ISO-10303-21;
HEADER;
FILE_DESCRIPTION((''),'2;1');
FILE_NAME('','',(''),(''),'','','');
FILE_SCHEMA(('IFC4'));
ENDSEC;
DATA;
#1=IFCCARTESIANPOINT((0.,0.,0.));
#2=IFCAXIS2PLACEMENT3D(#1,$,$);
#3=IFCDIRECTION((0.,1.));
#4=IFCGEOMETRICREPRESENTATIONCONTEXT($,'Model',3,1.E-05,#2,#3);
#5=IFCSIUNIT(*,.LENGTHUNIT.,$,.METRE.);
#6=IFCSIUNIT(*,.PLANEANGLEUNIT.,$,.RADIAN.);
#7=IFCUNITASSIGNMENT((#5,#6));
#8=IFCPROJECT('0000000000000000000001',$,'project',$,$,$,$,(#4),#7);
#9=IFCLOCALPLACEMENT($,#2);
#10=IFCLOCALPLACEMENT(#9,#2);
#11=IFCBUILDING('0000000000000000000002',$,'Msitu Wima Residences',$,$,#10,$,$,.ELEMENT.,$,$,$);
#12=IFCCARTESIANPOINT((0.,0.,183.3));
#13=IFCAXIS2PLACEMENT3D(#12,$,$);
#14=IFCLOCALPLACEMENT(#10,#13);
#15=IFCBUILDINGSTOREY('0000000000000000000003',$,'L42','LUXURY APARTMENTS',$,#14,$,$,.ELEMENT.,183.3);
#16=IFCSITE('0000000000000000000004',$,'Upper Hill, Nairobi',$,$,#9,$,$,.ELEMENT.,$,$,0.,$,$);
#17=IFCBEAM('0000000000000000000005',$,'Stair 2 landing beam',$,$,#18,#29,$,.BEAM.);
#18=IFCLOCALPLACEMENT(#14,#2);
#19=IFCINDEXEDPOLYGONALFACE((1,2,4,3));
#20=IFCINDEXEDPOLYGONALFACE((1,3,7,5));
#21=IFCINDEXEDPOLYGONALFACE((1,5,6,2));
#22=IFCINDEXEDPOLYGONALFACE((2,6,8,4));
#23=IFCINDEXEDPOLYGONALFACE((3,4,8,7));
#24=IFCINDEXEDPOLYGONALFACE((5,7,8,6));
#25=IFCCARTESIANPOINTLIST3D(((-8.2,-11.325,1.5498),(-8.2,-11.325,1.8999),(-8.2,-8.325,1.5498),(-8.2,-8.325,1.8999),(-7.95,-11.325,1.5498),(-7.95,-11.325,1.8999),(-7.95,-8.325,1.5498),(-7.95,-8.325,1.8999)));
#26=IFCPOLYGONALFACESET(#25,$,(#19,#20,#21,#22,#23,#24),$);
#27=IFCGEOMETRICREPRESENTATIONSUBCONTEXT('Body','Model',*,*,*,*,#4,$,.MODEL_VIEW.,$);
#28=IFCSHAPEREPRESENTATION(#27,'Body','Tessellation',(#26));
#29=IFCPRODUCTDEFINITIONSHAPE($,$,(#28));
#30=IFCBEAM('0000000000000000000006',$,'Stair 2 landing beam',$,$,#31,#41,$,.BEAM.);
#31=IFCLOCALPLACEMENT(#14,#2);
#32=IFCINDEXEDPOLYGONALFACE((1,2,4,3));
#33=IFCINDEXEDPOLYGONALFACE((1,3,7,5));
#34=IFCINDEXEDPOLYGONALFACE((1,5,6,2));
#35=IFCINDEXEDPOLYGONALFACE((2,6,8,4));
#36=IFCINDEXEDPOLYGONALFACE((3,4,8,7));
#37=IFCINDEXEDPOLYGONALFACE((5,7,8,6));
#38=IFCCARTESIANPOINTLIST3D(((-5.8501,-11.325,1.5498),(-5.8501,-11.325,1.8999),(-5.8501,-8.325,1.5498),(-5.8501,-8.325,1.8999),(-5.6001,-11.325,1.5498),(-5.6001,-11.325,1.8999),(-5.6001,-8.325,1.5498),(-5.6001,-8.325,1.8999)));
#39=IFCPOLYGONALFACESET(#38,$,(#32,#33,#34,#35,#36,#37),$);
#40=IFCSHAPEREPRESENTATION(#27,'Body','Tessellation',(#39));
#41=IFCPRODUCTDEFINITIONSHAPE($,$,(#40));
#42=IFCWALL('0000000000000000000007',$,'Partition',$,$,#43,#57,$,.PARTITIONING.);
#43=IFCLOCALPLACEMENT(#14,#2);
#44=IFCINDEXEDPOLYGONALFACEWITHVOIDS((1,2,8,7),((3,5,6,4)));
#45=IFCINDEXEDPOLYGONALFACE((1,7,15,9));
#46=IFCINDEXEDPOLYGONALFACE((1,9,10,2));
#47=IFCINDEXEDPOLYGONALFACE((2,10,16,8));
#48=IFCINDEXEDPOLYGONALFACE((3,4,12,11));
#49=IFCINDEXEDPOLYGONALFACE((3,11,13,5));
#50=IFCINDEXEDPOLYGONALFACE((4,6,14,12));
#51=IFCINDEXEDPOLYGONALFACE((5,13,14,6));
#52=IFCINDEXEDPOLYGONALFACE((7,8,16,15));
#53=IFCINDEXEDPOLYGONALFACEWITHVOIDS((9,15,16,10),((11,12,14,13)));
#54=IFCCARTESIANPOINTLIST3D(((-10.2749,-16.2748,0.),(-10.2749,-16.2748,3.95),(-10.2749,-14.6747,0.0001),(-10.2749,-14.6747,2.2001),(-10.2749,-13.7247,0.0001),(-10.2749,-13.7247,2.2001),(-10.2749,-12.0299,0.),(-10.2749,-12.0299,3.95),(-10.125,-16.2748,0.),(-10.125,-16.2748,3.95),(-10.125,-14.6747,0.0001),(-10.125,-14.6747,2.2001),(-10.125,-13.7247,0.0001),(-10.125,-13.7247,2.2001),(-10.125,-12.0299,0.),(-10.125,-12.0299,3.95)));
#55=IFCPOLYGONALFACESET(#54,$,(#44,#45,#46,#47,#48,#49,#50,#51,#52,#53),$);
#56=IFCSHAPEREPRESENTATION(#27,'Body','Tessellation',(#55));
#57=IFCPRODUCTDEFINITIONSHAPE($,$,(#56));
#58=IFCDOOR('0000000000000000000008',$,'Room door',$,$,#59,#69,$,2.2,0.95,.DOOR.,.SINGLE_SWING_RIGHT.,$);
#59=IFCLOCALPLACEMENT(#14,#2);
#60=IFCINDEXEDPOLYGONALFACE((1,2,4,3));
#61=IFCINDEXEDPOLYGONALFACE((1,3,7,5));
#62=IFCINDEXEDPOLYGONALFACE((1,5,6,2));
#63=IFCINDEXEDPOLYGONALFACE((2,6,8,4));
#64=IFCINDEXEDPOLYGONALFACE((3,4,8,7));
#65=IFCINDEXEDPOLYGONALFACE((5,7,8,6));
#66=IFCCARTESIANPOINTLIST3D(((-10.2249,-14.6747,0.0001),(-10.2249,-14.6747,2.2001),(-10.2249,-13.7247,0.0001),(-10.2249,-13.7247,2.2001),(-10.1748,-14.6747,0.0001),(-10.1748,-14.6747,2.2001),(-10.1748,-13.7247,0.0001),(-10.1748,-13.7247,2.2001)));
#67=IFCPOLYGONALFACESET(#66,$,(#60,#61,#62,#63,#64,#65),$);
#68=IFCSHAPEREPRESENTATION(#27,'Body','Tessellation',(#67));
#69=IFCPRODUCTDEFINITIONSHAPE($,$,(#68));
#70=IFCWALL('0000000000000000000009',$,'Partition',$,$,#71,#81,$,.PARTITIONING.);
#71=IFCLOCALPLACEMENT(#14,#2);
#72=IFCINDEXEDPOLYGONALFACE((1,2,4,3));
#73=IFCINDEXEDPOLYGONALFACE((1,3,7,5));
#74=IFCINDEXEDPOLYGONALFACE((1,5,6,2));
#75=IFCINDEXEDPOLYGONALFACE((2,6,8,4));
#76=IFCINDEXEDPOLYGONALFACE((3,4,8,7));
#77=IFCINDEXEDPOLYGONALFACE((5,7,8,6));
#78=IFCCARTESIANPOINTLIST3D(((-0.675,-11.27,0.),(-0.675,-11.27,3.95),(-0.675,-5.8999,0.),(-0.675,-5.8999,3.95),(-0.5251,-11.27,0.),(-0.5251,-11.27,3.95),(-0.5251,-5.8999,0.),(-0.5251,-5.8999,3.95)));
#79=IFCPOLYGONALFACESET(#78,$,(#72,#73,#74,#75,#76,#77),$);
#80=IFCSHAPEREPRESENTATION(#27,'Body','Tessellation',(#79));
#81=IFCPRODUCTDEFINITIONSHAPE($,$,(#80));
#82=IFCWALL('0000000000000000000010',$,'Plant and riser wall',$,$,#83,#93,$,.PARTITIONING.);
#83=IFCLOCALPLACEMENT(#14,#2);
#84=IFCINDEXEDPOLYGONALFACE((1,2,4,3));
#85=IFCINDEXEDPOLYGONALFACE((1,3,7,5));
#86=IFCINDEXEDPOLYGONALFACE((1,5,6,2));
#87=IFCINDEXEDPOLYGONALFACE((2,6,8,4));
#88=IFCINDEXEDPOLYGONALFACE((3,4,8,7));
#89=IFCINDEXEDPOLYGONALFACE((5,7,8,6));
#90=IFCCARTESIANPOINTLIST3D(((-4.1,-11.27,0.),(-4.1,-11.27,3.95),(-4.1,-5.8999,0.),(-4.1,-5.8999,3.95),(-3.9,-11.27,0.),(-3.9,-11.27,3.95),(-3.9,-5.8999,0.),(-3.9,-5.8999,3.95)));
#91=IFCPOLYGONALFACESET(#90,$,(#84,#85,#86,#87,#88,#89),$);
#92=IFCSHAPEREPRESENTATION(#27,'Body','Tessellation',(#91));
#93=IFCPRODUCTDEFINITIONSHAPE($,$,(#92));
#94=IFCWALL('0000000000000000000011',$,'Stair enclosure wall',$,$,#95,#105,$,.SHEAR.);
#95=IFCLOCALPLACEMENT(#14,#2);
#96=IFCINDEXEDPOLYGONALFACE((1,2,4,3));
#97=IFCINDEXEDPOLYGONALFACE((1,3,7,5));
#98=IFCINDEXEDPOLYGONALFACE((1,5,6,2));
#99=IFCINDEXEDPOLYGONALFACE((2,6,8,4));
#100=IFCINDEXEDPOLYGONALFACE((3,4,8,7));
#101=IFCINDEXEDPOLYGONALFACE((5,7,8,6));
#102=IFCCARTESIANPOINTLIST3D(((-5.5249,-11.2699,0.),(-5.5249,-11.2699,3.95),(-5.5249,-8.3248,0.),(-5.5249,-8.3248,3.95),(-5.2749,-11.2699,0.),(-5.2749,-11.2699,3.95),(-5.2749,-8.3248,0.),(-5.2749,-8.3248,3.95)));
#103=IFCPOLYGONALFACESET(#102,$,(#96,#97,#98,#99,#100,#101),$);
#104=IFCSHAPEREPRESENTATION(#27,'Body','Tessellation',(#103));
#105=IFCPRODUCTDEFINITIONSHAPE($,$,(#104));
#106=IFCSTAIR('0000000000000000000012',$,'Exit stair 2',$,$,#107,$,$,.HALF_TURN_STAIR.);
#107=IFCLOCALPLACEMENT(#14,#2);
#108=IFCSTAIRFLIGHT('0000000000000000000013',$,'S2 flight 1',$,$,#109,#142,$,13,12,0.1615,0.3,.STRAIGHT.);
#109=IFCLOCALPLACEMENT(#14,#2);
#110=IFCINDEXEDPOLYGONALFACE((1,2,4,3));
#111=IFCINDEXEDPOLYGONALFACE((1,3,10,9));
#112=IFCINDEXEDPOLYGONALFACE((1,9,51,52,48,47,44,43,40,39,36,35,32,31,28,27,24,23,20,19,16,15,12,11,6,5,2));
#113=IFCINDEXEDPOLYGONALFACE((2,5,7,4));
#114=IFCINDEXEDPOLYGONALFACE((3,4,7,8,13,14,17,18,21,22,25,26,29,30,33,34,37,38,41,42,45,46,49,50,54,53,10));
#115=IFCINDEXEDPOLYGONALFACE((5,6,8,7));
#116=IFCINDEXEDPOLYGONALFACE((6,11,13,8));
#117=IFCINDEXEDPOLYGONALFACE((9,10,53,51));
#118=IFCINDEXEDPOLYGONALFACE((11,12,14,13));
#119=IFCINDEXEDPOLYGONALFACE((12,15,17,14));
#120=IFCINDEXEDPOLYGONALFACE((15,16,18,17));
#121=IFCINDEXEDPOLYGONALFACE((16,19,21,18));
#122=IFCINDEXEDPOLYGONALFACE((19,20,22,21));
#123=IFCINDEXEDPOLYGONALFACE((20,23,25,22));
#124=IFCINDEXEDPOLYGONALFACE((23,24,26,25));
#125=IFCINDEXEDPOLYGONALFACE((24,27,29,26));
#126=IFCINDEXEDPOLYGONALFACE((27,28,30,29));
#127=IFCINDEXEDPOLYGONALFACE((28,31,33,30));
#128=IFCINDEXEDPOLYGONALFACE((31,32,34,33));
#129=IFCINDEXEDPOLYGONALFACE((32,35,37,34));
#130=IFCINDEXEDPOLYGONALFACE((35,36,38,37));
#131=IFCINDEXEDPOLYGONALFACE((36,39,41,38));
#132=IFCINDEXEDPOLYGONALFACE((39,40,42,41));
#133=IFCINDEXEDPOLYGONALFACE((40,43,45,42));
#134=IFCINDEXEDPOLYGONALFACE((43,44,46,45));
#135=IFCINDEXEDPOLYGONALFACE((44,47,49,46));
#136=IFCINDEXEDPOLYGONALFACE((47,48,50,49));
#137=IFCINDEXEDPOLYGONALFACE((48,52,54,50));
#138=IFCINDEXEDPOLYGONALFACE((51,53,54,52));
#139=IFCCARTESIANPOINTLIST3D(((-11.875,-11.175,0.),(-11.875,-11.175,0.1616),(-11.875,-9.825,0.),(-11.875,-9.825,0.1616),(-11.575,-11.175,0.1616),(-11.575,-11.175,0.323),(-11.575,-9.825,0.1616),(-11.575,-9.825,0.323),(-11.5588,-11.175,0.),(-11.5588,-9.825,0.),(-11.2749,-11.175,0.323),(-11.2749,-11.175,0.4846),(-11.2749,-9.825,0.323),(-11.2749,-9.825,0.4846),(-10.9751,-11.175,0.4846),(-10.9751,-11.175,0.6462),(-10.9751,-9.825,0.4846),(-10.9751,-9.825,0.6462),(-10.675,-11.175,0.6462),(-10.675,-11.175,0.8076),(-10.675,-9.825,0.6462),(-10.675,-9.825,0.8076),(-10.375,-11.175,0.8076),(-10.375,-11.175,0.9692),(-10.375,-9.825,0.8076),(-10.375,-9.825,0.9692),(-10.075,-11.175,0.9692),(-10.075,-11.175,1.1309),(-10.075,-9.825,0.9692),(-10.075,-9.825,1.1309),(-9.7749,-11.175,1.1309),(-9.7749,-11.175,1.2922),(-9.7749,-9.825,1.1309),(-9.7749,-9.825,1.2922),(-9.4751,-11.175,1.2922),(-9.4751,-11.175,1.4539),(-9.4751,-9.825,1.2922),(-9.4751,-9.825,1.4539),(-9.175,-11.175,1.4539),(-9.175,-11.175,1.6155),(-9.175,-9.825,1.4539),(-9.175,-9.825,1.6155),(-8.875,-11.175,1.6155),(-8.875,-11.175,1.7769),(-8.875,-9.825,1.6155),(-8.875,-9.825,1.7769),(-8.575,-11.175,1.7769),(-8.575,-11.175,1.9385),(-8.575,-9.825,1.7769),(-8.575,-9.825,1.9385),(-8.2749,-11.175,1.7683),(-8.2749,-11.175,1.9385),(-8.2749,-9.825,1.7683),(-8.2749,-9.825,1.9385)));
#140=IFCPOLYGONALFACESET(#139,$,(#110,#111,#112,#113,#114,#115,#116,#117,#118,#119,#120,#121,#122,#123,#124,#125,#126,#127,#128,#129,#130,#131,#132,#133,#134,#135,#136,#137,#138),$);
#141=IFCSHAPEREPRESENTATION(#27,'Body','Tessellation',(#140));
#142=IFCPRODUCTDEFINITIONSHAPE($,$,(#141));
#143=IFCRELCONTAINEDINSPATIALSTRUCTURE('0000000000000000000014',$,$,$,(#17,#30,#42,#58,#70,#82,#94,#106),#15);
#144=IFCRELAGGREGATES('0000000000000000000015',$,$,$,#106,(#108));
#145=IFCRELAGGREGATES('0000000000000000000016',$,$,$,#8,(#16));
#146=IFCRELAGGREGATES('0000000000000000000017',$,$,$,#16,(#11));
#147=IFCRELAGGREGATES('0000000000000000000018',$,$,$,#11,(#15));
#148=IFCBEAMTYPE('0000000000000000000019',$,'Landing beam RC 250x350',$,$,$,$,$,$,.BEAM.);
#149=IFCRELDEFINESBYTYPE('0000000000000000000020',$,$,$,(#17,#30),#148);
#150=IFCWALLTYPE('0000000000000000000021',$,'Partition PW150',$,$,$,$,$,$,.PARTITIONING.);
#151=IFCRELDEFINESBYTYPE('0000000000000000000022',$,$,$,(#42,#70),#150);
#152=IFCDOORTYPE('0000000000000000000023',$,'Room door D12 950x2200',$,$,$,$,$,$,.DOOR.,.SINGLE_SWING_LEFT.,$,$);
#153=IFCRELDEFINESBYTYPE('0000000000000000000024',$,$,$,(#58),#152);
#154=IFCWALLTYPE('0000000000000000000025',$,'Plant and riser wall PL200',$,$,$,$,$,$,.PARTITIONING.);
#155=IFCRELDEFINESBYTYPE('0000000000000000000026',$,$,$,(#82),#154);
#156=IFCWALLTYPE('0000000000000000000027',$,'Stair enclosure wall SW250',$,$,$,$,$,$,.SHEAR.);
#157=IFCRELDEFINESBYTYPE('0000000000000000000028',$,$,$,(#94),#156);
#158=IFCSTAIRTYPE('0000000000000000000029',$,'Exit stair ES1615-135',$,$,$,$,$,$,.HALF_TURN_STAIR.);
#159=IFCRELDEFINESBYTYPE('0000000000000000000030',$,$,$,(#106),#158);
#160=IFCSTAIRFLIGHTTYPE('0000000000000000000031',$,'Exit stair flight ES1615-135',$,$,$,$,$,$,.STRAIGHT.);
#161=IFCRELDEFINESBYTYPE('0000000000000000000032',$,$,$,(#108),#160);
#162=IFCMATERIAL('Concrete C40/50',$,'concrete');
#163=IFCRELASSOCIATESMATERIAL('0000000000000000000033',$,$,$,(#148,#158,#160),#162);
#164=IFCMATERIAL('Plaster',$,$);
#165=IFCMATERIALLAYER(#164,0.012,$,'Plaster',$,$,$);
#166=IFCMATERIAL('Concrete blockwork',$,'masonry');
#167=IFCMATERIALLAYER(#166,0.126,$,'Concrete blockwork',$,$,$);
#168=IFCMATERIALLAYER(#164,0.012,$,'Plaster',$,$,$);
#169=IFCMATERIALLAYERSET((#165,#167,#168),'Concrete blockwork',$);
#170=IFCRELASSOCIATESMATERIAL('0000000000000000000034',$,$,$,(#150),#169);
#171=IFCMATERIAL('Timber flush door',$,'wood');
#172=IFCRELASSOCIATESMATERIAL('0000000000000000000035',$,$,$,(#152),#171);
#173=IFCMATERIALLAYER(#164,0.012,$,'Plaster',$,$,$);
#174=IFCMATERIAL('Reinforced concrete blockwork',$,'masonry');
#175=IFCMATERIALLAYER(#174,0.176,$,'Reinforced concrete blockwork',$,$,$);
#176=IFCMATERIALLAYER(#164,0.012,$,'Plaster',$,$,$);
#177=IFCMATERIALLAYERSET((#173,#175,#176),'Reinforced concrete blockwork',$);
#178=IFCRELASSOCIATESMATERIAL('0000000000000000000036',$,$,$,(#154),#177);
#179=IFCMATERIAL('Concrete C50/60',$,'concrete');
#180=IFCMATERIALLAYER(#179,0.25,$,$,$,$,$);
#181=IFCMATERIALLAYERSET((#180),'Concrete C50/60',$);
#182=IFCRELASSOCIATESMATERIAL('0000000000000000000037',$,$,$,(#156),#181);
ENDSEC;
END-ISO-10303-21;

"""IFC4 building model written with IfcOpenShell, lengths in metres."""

from ifc_helpers import new_model, si_unit, direction, frame, frame_2d, origin, origin_2d, place, context, subcontext, project, spatial, polyline, rectangle, outline, extrude, material, layer, layer_set, material_profile, profile_set, type_object, element, fill, aggregate, save


model = new_model("IFC4")

# Units and contexts
model_context = context("Model", 3, precision=1e-05, world=origin(), true_north=direction((0.0, 1.0)))
body_context = subcontext(model_context, "Body", "Model", "MODEL_VIEW")
ifc_project = project(units=[si_unit("LENGTHUNIT", "METRE"), si_unit("PLANEANGLEUNIT", "RADIAN")], contexts=[model_context])

# Site, building, storey
site_placement = place(None, origin())
site = spatial("IfcSite", under=ifc_project, at=site_placement, Name="Upper Hill, Nairobi", CompositionType="ELEMENT", RefElevation=0.0)
building_placement = place(site_placement, origin())
building = spatial("IfcBuilding", under=site, at=building_placement, Name="Msitu Wima Residences", CompositionType="ELEMENT")
storey_placement = place(building_placement, frame((0.0, 0.0, 183.3)))
storey = spatial("IfcBuildingStorey", under=building, at=storey_placement, Name="L42", Description="LUXURY APARTMENTS", CompositionType="ELEMENT", Elevation=183.3)

# Beams
ifc_material_1 = material(Name="Concrete C40/50", Category="concrete")
ifc_material_profile = material_profile(ifc_material_1, rectangle(XDim=0.25, YDim=0.3501, at=origin_2d()), Name="RC 250x350")
ifc_profile_set = profile_set([ifc_material_profile], Name="Concrete C40/50")
beam_type = type_object("IfcBeamType", Name="Landing beam RC 250x350", PredefinedType="BEAM", material=ifc_profile_set)
for number, where, z_axis, x_axis, name in (
    (1, (-8.075, -11.325, 1.7249), (0.0, 1.0, 0.0), (-1.0, 0.0, 0.0), "Stair 2 landing beam"),
    (2, (-5.7251, -11.325, 1.7249), (0.0, 1.0, 0.0), (-1.0, 0.0, 0.0), "Stair 2 landing beam"),
):
    element("IfcBeam", number, at=place(storey_placement, frame(where, z_axis=z_axis, x_axis=x_axis)), inside=storey, type_object=beam_type, Name=name, PredefinedType="BEAM", context=body_context, shape_type="SweptSolid", body=[
        extrude(rectangle(XDim=0.25, YDim=0.3501, at=origin_2d()), origin(), (0.0, 0.0, 1.0), 3.0),
    ])

# Wall, opening, door
ifc_material_2 = material(Name="Plaster")
ifc_layer_1 = layer(ifc_material_2, 0.012, Name="Plaster")
ifc_material_3 = material(Name="Concrete blockwork", Category="masonry")
ifc_layer_2 = layer(ifc_material_3, 0.126, Name="Concrete blockwork")
ifc_layer_3 = layer(ifc_material_2, 0.012, Name="Plaster")
ifc_layer_set_1 = layer_set([ifc_layer_1, ifc_layer_2, ifc_layer_3], Name="Concrete blockwork")
wall_type_1 = type_object("IfcWallType", Name="Partition PW150", PredefinedType="PARTITIONING", material=ifc_layer_set_1)
wall_1_placement = place(storey_placement, frame((-10.2, -16.2749, 0.0), z_axis=(0.0, 0.0, 1.0), x_axis=(0.0, 1.0, 0.0)))
wall_1 = element("IfcWall", 3, at=wall_1_placement, inside=storey, type_object=wall_type_1, Name="Partition", PredefinedType="PARTITIONING", context=body_context, shape_type="SweptSolid", body=[
    extrude(rectangle(XDim=4.2449, YDim=0.1499, at=frame_2d((2.1226, 0.0))), origin(), (0.0, 0.0, 1.0), 3.95),
])
opening_placement = place(wall_1_placement, frame((1.6001, 0.0, 0.0)))
opening = element("IfcOpeningElement", 4, at=opening_placement, cuts=wall_1, PredefinedType="OPENING", context=body_context, shape_type="SweptSolid", body=[
    extrude(rectangle(XDim=0.95, YDim=2.2, at=frame_2d((0.4751, 1.1001))), frame((0.0, 0.085, 0.0), z_axis=(0.0, -1.0, 0.0), x_axis=(1.0, 0.0, 0.0)), (0.0, 0.0, 1.0), 0.1699),
])
ifc_material_4 = material(Name="Timber flush door", Category="wood")
door_type = type_object("IfcDoorType", Name="Room door D12 950x2200", OperationType="SINGLE_SWING_LEFT", PredefinedType="DOOR", material=ifc_material_4)
door_placement = place(opening_placement, origin())
door = element("IfcDoor", 5, at=door_placement, inside=storey, type_object=door_type, Name="Room door", OperationType="SINGLE_SWING_RIGHT", OverallHeight=2.2, OverallWidth=0.95, PredefinedType="DOOR", context=body_context, shape_type="SweptSolid", body=[
    extrude(rectangle(XDim=0.95, YDim=2.2, at=frame_2d((0.4751, 1.1001))), frame((0.0, 0.0249, 0.0), z_axis=(0.0, -1.0, 0.0), x_axis=(1.0, 0.0, 0.0)), (0.0, 0.0, 1.0), 0.05),
])
fill(opening, door)

# Walls
wall_2_placement = place(storey_placement, frame((-0.6001, -11.27, 0.0), z_axis=(0.0, 0.0, 1.0), x_axis=(0.0, 1.0, 0.0)))
element("IfcWall", 6, at=wall_2_placement, inside=storey, type_object=wall_type_1, Name="Partition", PredefinedType="PARTITIONING", context=body_context, shape_type="SweptSolid", body=[
    extrude(rectangle(XDim=5.3701, YDim=0.1499, at=frame_2d((2.6851, 0.0))), origin(), (0.0, 0.0, 1.0), 3.95),
])
ifc_layer_4 = layer(ifc_material_2, 0.012, Name="Plaster")
ifc_material_5 = material(Name="Reinforced concrete blockwork", Category="masonry")
ifc_layer_5 = layer(ifc_material_5, 0.176, Name="Reinforced concrete blockwork")
ifc_layer_6 = layer(ifc_material_2, 0.012, Name="Plaster")
ifc_layer_set_2 = layer_set([ifc_layer_4, ifc_layer_5, ifc_layer_6], Name="Reinforced concrete blockwork")
wall_type_2 = type_object("IfcWallType", Name="Plant and riser wall PL200", PredefinedType="PARTITIONING", material=ifc_layer_set_2)
wall_3_placement = place(storey_placement, frame((-4.0, -11.27, 0.0), z_axis=(0.0, 0.0, 1.0), x_axis=(0.0, 1.0, 0.0)))
element("IfcWall", 7, at=wall_3_placement, inside=storey, type_object=wall_type_2, Name="Plant and riser wall", PredefinedType="PARTITIONING", context=body_context, shape_type="SweptSolid", body=[
    extrude(rectangle(XDim=5.3701, YDim=0.2, at=frame_2d((2.6851, 0.0))), origin(), (0.0, 0.0, 1.0), 3.95),
])
ifc_material_6 = material(Name="Concrete C50/60", Category="concrete")
ifc_layer_7 = layer(ifc_material_6, 0.25)
ifc_layer_set_3 = layer_set([ifc_layer_7], Name="Concrete C50/60")
wall_type_3 = type_object("IfcWallType", Name="Stair enclosure wall SW250", PredefinedType="SHEAR", material=ifc_layer_set_3)
wall_4_placement = place(storey_placement, frame((-5.3999, -11.27, 0.0), z_axis=(0.0, 0.0, 1.0), x_axis=(0.0, 1.0, 0.0)))
element("IfcWall", 8, at=wall_4_placement, inside=storey, type_object=wall_type_3, Name="Stair enclosure wall", PredefinedType="SHEAR", context=body_context, shape_type="SweptSolid", body=[
    extrude(rectangle(XDim=2.9451, YDim=0.25, at=frame_2d((1.4727, 0.0))), origin(), (0.0, 0.0, 1.0), 3.95),
])

# Stair, stair flight
stair_type = type_object("IfcStairType", Name="Exit stair ES1615-135", PredefinedType="HALF_TURN_STAIR", material=ifc_material_1)
stair_placement = place(storey_placement, origin())
stair = element("IfcStair", 9, at=stair_placement, inside=storey, type_object=stair_type, Name="Exit stair 2", PredefinedType="HALF_TURN_STAIR")
stair_flight_type = type_object("IfcStairFlightType", Name="Exit stair flight ES1615-135", PredefinedType="STRAIGHT", material=ifc_material_1)
stair_flight_placement = place(storey_placement, frame((-11.875, -10.5, 0.0), z_axis=(0.0, 0.0, 1.0), x_axis=(1.0, 0.0, 0.0)))
stair_flight = element("IfcStairFlight", 10, at=stair_flight_placement, type_object=stair_flight_type, Name="S2 flight 1", NumberOfRisers=13, NumberOfTreads=12, PredefinedType="STRAIGHT", RiserHeight=0.1615, TreadLength=0.3, context=body_context, shape_type="SweptSolid", body=[
    extrude(outline(polyline([(0.0, 0.0), (0.0, 0.1616), (0.3, 0.1616), (0.3, 0.323), (0.6001, 0.323), (0.6001, 0.4846), (0.8999, 0.4846), (0.8999, 0.6462), (1.2, 0.6462), (1.2, 0.8076), (1.5, 0.8076), (1.5, 0.9692), (1.8, 0.9692), (1.8, 1.1309), (2.1001, 1.1309), (2.1001, 1.2922), (2.3999, 1.2922), (2.3999, 1.4539), (2.7, 1.4539), (2.7, 1.6155), (3.0, 1.6155), (3.0, 1.7769), (3.3, 1.7769), (3.3, 1.9385), (3.6001, 1.9385), (3.6001, 2.1001), (3.6001, 1.7683), (0.3162, 0.0), (0.0, 0.0)])), frame((0.0, 0.675, 0.0), z_axis=(0.0, -1.0, 0.0), x_axis=(1.0, 0.0, 0.0)), (0.0, 0.0, 1.0), 1.3501),
])
aggregate(stair, [stair_flight])

save(model, "model.ifc")
